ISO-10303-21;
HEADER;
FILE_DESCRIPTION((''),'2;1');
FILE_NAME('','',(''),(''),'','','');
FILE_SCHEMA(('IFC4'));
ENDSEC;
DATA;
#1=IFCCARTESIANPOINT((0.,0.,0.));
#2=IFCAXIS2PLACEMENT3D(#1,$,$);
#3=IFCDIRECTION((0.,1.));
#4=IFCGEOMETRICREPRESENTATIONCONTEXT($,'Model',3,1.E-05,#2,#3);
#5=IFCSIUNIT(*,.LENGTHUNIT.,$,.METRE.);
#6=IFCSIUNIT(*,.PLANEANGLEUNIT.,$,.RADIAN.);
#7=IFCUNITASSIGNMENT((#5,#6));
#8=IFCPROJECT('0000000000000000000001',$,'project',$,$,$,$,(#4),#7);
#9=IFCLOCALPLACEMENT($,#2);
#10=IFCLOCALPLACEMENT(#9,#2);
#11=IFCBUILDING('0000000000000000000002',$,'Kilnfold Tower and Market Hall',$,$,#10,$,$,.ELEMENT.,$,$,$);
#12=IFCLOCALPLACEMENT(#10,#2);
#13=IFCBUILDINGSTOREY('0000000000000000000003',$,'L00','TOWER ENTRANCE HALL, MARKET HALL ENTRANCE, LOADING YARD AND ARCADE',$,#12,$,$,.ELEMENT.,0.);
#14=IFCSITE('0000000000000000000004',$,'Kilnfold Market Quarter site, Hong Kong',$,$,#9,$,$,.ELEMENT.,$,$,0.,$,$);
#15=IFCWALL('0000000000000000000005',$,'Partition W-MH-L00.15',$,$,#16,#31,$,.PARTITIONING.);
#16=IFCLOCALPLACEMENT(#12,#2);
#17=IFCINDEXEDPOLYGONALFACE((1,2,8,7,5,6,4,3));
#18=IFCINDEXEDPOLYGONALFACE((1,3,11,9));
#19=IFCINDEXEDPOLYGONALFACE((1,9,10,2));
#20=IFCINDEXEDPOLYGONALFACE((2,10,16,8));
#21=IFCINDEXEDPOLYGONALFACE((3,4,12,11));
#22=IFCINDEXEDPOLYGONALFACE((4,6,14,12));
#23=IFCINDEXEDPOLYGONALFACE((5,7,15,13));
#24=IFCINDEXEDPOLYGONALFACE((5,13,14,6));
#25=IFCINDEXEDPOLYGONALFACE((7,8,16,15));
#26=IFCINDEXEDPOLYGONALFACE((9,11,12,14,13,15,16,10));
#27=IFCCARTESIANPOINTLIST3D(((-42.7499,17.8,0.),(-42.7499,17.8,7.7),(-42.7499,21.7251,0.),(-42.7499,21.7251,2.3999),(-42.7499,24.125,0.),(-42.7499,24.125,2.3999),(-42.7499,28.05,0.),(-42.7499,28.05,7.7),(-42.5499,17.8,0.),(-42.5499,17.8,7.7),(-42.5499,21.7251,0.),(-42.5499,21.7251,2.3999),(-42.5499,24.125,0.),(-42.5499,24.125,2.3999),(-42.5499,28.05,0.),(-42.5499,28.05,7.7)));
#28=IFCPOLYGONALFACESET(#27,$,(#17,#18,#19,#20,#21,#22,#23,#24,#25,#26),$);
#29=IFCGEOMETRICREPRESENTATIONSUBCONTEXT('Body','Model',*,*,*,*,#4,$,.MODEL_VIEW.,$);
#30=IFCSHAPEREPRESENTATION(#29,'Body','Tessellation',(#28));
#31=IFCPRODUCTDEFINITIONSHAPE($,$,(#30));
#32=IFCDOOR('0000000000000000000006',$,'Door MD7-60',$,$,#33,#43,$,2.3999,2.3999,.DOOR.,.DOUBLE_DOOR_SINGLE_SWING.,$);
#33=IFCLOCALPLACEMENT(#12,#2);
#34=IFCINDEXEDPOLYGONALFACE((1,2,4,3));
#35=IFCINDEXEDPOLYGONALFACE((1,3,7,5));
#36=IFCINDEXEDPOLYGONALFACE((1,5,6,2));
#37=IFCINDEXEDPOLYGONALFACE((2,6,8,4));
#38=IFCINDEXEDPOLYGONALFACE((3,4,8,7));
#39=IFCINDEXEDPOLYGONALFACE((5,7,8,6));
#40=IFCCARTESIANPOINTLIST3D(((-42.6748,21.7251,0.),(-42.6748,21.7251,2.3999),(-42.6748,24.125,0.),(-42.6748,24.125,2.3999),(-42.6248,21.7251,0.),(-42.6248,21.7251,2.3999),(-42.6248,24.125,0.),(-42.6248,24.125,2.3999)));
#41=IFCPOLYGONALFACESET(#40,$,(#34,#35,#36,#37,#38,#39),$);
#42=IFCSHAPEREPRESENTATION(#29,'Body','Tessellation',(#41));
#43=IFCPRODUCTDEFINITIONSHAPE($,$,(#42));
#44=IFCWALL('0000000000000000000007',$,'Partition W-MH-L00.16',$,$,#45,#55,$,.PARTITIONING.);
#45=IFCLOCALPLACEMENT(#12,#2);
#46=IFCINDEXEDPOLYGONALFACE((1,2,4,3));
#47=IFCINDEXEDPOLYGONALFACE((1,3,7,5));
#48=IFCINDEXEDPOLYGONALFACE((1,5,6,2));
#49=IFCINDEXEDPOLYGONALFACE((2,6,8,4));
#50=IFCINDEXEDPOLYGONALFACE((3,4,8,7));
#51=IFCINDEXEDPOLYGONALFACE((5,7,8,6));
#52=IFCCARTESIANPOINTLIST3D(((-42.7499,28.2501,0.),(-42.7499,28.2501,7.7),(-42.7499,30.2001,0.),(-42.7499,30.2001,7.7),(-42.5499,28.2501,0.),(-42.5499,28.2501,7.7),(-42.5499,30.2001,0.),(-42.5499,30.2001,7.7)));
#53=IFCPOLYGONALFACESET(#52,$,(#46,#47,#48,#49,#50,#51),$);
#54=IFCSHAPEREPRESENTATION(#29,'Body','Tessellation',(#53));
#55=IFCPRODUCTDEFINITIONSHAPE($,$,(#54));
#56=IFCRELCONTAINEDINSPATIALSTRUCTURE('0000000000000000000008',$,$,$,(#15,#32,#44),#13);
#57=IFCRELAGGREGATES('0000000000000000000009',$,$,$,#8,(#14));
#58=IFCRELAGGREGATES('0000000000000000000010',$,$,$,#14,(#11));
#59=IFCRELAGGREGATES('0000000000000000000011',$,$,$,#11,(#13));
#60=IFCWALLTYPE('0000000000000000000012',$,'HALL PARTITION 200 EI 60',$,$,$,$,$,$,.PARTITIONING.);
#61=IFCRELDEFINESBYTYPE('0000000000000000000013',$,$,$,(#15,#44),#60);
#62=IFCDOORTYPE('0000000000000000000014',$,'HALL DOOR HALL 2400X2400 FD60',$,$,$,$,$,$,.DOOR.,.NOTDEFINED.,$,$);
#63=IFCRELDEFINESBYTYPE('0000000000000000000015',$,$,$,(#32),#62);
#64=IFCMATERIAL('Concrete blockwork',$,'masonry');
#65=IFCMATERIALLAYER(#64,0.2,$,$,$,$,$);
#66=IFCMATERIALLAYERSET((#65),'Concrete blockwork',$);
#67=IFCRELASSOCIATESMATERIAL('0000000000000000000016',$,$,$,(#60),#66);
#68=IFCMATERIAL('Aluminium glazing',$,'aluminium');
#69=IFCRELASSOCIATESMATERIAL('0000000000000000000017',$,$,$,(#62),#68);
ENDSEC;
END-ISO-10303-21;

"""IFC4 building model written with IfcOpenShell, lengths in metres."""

from ifc_helpers import new_model, si_unit, direction, frame, frame_2d, origin, place, context, subcontext, project, spatial, rectangle, extrude, source, transform, mapped, material, layer, layer_set, type_object, element, fill, save


model = new_model("IFC4")

# Units and contexts
model_context = context("Model", 3, precision=1e-05, world=origin(), true_north=direction((0.0, 1.0)))
body_context = subcontext(model_context, "Body", "Model", "MODEL_VIEW")
ifc_project = project(units=[si_unit("LENGTHUNIT", "METRE"), si_unit("PLANEANGLEUNIT", "RADIAN")], contexts=[model_context])

# Site, building, storey
site_placement = place(None, origin())
site = spatial("IfcSite", under=ifc_project, at=site_placement, Name="Kilnfold Market Quarter site, Hong Kong", CompositionType="ELEMENT", RefElevation=0.0)
building_placement = place(site_placement, origin())
building = spatial("IfcBuilding", under=site, at=building_placement, Name="Kilnfold Tower and Market Hall", CompositionType="ELEMENT")
storey_placement = place(building_placement, origin())
storey = spatial("IfcBuildingStorey", under=building, at=storey_placement, Name="L00", Description="TOWER ENTRANCE HALL, MARKET HALL ENTRANCE, LOADING YARD AND ARCADE", CompositionType="ELEMENT", Elevation=0.0)

# Shared definitions
ifc_material_1 = material(Name="Concrete blockwork", Category="masonry")
ifc_layer_1 = layer(ifc_material_1, 0.2)
ifc_layer_set_1 = layer_set([ifc_layer_1], Name="Concrete blockwork")
wall_type_1 = type_object("IfcWallType", Name="HALL PARTITION 200 EI 60", PredefinedType="PARTITIONING", material=ifc_layer_set_1)

# Wall, opening, door
shared_shape_1 = source(origin(), body_context, "Body", "SweptSolid", [
    extrude(rectangle(XDim=10.25, YDim=0.2, at=frame_2d((5.125, 0.0))), origin(), (0.0, 0.0, 1.0), 7.7),
])
wall_1_placement = place(storey_placement, frame((-42.6499, 17.8, 0.0), z_axis=(0.0, 0.0, 1.0), x_axis=(0.0, 1.0, 0.0)))
wall_1 = element("IfcWall", 1, at=wall_1_placement, inside=storey, type_object=wall_type_1, Name="Partition W-MH-L00.15", PredefinedType="PARTITIONING", context=body_context, shape_type="MappedRepresentation", body=[
    mapped(shared_shape_1, transform((0.0, 0.0, 0.0))),
])
opening_1_placement = place(wall_1_placement, frame((3.925, 0.0, 0.0)))
opening_1 = element("IfcOpeningElement", 2, at=opening_1_placement, cuts=wall_1, PredefinedType="OPENING", context=body_context, shape_type="SweptSolid", body=[
    extrude(rectangle(XDim=2.3999, YDim=2.3999, at=frame_2d((1.2, 1.2))), frame((0.0, 0.1099, 0.0), z_axis=(0.0, -1.0, 0.0), x_axis=(1.0, 0.0, 0.0)), (0.0, 0.0, 1.0), 0.22),
])
ifc_material_2 = material(Name="Aluminium glazing", Category="aluminium")
door_type_1 = type_object("IfcDoorType", Name="HALL DOOR HALL 2400X2400 FD60", OperationType="NOTDEFINED", PredefinedType="DOOR", material=ifc_material_2)
door_1_placement = place(opening_1_placement, origin())
door_1 = element("IfcDoor", 3, at=door_1_placement, inside=storey, type_object=door_type_1, Name="Door MD7-60", OperationType="DOUBLE_DOOR_SINGLE_SWING", OverallHeight=2.3999, OverallWidth=2.3999, PredefinedType="DOOR", context=body_context, shape_type="SweptSolid", body=[
    extrude(rectangle(XDim=2.3999, YDim=2.3999, at=frame_2d((1.2, 1.2))), frame((0.0, 0.0249, 0.0), z_axis=(0.0, -1.0, 0.0), x_axis=(1.0, 0.0, 0.0)), (0.0, 0.0, 1.0), 0.05),
])
fill(opening_1, door_1)

# Wall
shared_shape_2 = source(origin(), body_context, "Body", "SweptSolid", [
    extrude(rectangle(XDim=1.95, YDim=0.2, at=frame_2d((0.9751, 0.0))), origin(), (0.0, 0.0, 1.0), 7.7),
])
wall_2_placement = place(storey_placement, frame((-42.6499, 28.25, 0.0), z_axis=(0.0, 0.0, 1.0), x_axis=(0.0, 1.0, 0.0)))
element("IfcWall", 4, at=wall_2_placement, inside=storey, type_object=wall_type_1, Name="Partition W-MH-L00.16", PredefinedType="PARTITIONING", context=body_context, shape_type="MappedRepresentation", body=[
    mapped(shared_shape_2, transform((0.0, 0.0, 0.0))),
])

save(model, "model.ifc")
